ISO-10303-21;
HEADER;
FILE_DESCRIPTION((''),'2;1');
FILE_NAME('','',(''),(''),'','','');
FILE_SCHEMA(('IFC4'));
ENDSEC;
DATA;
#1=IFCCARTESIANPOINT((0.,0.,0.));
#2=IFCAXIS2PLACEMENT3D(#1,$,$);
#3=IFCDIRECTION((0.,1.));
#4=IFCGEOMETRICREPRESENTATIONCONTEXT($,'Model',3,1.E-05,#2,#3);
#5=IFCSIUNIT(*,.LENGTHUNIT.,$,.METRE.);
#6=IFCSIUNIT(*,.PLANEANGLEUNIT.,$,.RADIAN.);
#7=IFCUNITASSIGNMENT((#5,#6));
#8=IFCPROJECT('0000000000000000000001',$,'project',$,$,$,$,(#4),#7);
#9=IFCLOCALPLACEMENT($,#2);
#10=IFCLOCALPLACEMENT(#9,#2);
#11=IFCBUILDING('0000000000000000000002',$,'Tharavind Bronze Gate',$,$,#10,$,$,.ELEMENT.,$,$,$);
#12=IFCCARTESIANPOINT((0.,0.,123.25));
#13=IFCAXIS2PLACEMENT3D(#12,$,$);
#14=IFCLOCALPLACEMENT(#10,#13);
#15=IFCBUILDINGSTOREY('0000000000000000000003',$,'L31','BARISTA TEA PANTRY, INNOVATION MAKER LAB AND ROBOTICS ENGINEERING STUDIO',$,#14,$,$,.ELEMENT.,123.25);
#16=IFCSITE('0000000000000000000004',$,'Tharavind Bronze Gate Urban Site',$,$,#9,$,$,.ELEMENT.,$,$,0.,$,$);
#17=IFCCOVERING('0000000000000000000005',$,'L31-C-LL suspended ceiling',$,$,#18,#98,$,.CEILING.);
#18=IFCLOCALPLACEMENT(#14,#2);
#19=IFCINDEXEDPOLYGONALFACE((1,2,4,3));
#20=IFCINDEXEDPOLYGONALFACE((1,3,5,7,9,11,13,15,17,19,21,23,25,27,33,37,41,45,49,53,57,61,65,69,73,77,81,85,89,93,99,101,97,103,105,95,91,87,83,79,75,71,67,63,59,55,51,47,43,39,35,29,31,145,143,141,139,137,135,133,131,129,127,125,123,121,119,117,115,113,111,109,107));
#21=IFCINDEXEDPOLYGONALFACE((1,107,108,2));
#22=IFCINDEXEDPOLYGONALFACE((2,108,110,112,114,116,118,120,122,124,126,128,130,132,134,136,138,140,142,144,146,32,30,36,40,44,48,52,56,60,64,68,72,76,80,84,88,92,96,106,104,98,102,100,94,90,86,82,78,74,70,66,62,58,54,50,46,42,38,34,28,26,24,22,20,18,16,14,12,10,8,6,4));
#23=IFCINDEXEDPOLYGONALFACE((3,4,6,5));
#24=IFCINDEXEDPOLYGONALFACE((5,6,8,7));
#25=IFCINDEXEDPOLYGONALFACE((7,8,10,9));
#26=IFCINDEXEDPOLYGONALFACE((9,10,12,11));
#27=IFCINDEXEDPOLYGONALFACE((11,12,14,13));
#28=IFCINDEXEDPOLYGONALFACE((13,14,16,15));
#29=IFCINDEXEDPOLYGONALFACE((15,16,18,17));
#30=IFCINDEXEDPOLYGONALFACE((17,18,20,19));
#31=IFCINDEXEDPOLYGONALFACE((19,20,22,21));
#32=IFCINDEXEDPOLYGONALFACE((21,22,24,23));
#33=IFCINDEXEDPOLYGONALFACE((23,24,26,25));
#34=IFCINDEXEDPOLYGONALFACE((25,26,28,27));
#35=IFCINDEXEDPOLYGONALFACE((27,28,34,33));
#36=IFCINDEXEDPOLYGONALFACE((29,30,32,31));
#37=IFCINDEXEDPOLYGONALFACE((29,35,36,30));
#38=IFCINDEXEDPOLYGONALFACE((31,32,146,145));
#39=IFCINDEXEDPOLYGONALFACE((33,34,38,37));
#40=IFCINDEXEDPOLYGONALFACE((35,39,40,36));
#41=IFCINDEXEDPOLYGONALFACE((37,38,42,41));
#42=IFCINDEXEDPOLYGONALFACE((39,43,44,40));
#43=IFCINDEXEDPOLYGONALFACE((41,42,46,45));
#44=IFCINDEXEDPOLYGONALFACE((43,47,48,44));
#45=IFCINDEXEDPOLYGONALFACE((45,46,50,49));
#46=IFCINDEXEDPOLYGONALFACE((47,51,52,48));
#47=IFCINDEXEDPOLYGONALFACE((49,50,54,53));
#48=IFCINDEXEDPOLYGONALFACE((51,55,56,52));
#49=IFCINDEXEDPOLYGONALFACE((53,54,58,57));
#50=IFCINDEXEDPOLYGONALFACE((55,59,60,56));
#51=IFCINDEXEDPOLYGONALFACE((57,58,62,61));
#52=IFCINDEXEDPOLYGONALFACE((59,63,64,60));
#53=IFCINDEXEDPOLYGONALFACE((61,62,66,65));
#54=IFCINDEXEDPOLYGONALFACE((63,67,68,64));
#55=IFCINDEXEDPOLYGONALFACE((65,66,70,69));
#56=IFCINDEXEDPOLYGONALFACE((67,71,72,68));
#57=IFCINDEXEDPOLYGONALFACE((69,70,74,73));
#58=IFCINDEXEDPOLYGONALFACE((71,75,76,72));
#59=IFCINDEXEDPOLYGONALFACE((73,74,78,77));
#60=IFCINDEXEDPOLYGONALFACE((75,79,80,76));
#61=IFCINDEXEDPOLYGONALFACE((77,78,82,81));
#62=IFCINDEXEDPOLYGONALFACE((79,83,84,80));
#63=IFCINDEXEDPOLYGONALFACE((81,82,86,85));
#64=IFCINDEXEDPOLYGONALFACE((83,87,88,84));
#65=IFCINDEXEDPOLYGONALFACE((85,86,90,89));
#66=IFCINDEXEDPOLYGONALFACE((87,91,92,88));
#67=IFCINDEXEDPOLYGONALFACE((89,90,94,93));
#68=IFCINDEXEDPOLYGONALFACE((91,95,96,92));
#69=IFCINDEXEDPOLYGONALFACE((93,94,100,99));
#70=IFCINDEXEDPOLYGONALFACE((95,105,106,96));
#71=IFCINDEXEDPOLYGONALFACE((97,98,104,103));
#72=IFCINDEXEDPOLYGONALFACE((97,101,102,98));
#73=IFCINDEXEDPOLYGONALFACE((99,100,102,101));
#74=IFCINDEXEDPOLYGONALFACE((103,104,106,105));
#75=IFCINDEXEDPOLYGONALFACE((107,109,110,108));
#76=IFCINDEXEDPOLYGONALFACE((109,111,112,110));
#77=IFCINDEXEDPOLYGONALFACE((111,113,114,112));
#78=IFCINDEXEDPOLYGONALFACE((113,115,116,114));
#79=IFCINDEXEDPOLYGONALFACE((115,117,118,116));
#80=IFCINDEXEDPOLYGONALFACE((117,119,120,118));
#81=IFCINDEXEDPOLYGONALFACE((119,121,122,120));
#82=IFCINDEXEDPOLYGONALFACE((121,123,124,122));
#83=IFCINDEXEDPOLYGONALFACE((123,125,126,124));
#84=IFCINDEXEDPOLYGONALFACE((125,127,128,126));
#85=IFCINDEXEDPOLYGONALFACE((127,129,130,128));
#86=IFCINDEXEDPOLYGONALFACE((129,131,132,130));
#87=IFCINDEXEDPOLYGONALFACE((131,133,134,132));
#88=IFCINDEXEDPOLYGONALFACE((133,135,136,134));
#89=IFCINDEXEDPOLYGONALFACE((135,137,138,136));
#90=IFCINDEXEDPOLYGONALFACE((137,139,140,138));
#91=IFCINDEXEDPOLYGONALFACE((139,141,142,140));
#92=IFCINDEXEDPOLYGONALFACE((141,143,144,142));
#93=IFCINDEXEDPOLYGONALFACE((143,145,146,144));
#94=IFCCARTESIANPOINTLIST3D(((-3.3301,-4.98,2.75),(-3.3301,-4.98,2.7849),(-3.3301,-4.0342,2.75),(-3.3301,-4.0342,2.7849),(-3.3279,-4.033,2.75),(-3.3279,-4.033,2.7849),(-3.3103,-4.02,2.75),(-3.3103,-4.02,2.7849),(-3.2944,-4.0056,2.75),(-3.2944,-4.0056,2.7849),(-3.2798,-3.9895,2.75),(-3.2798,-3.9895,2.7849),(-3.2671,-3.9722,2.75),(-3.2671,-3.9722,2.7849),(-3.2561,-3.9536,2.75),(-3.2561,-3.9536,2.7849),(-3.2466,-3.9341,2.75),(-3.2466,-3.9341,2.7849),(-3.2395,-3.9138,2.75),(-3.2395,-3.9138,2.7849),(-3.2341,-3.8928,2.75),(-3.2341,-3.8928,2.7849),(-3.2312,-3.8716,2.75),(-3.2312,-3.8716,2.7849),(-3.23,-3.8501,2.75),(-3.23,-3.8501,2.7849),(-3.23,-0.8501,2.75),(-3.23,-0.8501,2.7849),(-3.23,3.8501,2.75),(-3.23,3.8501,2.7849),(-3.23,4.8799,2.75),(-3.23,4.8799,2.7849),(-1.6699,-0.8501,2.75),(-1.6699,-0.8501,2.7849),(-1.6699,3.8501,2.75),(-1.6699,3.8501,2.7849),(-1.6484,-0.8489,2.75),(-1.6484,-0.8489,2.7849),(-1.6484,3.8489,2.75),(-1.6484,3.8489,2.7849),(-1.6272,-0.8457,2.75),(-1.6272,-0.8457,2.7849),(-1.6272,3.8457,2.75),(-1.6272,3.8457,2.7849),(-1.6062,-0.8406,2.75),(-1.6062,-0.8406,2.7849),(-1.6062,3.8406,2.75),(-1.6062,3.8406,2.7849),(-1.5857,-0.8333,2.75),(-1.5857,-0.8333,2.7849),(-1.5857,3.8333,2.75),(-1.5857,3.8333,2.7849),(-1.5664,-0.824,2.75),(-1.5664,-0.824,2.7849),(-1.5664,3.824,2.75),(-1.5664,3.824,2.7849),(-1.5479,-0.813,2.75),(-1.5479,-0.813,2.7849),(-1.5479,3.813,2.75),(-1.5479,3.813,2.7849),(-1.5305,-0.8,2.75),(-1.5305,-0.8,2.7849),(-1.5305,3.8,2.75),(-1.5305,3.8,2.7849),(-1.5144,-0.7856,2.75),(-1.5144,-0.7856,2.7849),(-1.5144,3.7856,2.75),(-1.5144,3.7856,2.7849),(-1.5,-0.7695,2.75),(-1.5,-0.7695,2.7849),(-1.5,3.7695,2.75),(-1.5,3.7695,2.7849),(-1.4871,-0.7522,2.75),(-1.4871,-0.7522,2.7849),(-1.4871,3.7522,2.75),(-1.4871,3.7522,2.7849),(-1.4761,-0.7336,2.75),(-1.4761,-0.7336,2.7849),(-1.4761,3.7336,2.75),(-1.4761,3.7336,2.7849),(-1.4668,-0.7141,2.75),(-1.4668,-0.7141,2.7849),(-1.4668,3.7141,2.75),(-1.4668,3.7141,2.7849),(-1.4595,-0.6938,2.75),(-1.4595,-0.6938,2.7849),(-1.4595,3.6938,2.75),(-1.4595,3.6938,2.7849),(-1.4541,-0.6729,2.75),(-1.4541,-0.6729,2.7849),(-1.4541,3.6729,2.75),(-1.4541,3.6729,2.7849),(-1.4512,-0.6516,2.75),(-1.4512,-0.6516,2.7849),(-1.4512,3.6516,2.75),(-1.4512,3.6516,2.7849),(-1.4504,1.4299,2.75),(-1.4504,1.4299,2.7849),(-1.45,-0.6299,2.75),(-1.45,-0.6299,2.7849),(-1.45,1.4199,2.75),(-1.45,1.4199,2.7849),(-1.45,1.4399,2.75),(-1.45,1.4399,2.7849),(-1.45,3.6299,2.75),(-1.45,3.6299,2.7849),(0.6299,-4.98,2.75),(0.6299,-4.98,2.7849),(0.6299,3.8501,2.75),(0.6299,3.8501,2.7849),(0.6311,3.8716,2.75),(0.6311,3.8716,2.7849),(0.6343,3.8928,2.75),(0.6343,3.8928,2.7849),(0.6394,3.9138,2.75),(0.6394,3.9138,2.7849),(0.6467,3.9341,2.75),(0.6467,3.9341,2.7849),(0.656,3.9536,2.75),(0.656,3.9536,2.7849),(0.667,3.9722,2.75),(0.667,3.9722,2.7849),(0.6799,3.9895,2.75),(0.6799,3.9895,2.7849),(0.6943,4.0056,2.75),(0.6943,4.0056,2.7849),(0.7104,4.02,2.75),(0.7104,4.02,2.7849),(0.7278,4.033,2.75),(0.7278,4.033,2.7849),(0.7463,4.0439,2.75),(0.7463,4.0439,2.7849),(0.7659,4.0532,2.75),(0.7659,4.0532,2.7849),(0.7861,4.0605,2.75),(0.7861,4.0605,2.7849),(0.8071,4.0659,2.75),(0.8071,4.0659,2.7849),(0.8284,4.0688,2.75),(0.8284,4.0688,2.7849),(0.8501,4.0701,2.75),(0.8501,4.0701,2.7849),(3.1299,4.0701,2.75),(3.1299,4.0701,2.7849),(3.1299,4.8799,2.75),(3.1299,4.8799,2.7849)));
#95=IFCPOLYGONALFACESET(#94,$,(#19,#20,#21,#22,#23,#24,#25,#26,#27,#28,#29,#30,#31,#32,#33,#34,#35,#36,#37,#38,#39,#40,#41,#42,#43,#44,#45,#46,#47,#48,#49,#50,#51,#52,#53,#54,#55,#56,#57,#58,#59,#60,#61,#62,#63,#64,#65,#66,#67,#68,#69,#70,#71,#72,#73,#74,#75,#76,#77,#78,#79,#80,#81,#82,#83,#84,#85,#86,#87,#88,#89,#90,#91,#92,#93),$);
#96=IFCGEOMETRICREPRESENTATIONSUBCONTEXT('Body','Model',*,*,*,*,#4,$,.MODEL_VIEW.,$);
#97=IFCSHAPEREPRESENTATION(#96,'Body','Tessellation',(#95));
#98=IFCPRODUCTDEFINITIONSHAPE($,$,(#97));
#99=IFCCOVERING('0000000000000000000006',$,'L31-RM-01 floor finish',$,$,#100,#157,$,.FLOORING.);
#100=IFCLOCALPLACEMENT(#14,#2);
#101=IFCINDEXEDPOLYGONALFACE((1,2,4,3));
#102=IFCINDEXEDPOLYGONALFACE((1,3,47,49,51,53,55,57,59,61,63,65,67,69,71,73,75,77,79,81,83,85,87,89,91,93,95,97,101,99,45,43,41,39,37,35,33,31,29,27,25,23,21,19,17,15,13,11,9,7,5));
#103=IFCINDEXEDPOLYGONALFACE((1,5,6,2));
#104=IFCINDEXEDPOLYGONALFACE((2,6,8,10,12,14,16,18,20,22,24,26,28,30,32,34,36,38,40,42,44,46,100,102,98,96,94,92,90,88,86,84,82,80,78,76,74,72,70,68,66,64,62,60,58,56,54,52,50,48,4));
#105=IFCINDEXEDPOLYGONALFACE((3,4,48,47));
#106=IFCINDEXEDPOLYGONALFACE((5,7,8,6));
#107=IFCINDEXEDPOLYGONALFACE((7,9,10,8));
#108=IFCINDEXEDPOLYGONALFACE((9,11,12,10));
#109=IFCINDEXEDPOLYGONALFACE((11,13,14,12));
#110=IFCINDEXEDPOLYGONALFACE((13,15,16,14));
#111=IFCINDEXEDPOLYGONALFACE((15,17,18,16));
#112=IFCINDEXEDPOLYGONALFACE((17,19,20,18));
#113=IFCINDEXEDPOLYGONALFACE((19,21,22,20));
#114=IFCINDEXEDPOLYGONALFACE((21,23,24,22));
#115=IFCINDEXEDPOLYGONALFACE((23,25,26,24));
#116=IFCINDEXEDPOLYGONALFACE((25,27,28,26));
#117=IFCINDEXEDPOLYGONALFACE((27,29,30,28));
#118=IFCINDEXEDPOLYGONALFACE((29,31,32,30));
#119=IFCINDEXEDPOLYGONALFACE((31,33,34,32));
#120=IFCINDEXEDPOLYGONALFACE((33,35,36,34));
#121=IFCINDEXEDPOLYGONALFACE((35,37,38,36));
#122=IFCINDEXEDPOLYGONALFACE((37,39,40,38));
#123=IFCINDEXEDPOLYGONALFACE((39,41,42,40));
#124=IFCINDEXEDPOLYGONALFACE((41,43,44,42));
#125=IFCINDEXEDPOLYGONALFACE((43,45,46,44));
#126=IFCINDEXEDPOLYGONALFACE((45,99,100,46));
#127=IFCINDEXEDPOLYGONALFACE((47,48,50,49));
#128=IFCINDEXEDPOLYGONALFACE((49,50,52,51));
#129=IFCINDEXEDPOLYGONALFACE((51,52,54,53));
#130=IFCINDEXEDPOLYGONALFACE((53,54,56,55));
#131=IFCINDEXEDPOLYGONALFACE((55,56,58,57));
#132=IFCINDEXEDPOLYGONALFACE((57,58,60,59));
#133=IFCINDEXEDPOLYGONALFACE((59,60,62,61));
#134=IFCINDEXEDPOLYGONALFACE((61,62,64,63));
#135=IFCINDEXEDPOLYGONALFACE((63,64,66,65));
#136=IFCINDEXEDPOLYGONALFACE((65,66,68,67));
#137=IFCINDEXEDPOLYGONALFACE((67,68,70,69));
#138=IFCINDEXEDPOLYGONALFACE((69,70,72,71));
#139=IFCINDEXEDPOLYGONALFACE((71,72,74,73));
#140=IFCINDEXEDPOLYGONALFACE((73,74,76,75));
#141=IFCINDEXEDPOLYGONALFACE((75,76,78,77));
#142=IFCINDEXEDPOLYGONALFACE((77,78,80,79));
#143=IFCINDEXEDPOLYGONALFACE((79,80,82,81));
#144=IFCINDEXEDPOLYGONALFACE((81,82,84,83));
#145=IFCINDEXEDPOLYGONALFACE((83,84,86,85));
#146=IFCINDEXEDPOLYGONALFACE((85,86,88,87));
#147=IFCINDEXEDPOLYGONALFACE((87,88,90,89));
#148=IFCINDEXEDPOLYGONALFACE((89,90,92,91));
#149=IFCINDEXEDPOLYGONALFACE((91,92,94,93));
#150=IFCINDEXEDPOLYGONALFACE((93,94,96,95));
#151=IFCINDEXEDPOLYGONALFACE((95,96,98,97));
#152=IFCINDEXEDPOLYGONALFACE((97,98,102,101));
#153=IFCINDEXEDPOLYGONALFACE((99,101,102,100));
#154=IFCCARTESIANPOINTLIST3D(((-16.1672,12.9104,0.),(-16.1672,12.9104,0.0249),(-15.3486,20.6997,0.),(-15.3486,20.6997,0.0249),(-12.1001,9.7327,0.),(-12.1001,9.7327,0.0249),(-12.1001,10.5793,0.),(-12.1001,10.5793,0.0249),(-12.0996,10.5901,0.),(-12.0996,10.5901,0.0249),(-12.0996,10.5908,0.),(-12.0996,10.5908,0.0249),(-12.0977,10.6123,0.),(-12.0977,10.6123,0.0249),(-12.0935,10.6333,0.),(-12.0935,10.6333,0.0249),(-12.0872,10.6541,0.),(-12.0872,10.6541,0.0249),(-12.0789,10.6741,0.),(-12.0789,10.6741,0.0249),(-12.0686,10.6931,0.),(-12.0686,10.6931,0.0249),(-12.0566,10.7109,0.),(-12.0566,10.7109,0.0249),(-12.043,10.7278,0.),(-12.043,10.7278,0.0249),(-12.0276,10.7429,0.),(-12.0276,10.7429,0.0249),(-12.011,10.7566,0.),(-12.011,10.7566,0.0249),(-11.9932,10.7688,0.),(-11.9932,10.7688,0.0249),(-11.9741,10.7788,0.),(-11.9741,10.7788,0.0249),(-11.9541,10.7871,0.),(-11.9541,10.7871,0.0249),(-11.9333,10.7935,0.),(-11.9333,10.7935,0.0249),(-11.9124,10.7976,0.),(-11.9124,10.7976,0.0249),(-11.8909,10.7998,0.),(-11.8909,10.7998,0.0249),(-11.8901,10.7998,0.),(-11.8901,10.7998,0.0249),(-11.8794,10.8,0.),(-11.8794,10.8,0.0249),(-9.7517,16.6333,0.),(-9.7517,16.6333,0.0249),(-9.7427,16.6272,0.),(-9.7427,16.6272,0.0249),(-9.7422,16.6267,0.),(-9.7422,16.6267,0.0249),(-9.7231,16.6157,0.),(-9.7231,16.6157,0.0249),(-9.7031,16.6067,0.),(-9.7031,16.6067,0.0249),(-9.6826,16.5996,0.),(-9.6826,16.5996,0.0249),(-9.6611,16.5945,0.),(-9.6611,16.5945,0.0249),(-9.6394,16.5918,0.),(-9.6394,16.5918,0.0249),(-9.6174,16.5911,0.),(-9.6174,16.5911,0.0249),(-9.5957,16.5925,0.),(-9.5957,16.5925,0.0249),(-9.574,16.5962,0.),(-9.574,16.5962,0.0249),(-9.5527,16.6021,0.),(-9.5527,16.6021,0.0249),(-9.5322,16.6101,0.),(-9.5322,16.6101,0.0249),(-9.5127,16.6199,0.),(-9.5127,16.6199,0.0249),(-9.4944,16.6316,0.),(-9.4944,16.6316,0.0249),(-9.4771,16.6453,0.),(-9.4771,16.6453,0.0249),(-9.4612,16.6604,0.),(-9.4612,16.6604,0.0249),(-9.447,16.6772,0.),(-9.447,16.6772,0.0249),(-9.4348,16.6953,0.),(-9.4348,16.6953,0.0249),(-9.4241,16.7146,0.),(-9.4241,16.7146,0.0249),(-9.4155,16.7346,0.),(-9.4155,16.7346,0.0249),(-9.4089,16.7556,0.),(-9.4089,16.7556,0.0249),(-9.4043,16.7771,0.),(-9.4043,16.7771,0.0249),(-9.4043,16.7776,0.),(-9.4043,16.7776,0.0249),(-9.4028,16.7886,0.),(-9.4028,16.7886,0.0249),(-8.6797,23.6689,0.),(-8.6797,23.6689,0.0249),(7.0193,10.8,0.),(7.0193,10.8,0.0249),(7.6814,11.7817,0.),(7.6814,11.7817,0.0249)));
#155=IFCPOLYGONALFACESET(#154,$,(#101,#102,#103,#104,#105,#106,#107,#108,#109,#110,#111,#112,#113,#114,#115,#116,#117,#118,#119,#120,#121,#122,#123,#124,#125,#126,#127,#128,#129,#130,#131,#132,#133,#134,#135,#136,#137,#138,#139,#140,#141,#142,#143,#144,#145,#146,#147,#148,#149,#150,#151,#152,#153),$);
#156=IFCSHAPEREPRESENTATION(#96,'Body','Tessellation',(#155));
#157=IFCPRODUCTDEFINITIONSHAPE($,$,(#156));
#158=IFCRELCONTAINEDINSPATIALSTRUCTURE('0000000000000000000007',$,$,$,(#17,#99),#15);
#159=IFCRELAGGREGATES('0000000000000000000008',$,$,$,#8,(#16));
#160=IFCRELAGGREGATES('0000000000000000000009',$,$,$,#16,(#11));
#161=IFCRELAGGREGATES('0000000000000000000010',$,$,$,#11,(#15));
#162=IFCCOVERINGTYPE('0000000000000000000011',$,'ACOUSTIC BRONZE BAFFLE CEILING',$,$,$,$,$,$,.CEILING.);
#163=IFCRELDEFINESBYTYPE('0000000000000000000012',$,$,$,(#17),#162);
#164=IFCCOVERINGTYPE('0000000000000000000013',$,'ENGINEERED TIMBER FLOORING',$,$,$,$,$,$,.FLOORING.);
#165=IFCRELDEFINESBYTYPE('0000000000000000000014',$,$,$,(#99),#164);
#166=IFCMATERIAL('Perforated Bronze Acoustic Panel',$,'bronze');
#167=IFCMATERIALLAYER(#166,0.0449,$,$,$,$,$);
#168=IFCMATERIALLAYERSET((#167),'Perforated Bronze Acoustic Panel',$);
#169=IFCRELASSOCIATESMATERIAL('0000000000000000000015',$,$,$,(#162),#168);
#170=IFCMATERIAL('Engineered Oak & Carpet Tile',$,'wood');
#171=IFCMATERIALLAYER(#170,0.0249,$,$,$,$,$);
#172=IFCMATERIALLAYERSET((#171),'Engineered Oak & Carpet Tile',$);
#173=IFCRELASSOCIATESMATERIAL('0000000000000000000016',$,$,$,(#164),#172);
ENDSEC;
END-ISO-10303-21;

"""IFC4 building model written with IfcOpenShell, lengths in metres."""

from ifc_helpers import new_model, si_unit, direction, frame, origin, place, context, subcontext, project, spatial, polyline, outline, extrude, material, layer, layer_set, type_object, element, save


model = new_model("IFC4")

# Units and contexts
model_context = context("Model", 3, precision=1e-05, world=origin(), true_north=direction((0.0, 1.0)))
body_context = subcontext(model_context, "Body", "Model", "MODEL_VIEW")
ifc_project = project(units=[si_unit("LENGTHUNIT", "METRE"), si_unit("PLANEANGLEUNIT", "RADIAN")], contexts=[model_context])

# Site, building, storey
site_placement = place(None, origin())
site = spatial("IfcSite", under=ifc_project, at=site_placement, Name="Tharavind Bronze Gate Urban Site", CompositionType="ELEMENT", RefElevation=0.0)
building_placement = place(site_placement, origin())
building = spatial("IfcBuilding", under=site, at=building_placement, Name="Tharavind Bronze Gate", CompositionType="ELEMENT")
storey_placement = place(building_placement, frame((0.0, 0.0, 123.25)))
storey = spatial("IfcBuildingStorey", under=building, at=storey_placement, Name="L31", Description="BARISTA TEA PANTRY, INNOVATION MAKER LAB AND ROBOTICS ENGINEERING STUDIO", CompositionType="ELEMENT", Elevation=123.25)

# Coverings
ifc_material_1 = material(Name="Perforated Bronze Acoustic Panel", Category="bronze")
ifc_layer_1 = layer(ifc_material_1, 0.0449)
ifc_layer_set_1 = layer_set([ifc_layer_1], Name="Perforated Bronze Acoustic Panel")
covering_type_1 = type_object("IfcCoveringType", Name="ACOUSTIC BRONZE BAFFLE CEILING", PredefinedType="CEILING", material=ifc_layer_set_1)
covering_1_placement = place(storey_placement, frame((0.0, 0.0, 2.75)))
element("IfcCovering", 1, at=covering_1_placement, inside=storey, type_object=covering_type_1, Name="L31-C-LL suspended ceiling", PredefinedType="CEILING", context=body_context, shape_type="SweptSolid", body=[
    extrude(outline(polyline([(-3.3301, -4.98), (0.6299, -4.98), (0.6299, 3.8501), (0.6311, 3.8716), (0.6343, 3.8928), (0.6394, 3.9138), (0.6467, 3.9341), (0.656, 3.9536), (0.667, 3.9722), (0.6799, 3.9895), (0.6943, 4.0056), (0.7104, 4.02), (0.7278, 4.033), (0.7463, 4.0439), (0.7659, 4.0532), (0.7861, 4.0605), (0.8071, 4.0659), (0.8284, 4.0688), (0.8501, 4.0701), (3.1299, 4.0701), (3.1299, 4.8799), (-3.23, 4.8799), (-3.23, 3.8501), (-1.6699, 3.8501), (-1.6484, 3.8489), (-1.6272, 3.8457), (-1.6062, 3.8406), (-1.5857, 3.8333), (-1.5664, 3.824), (-1.5479, 3.813), (-1.5305, 3.8), (-1.5144, 3.7856), (-1.5, 3.7695), (-1.4871, 3.7522), (-1.4761, 3.7336), (-1.4668, 3.7141), (-1.4595, 3.6938), (-1.4541, 3.6729), (-1.4512, 3.6516), (-1.45, 3.6299), (-1.45, 1.4399), (-1.4504, 1.4299), (-1.45, 1.4199), (-1.45, -0.6299), (-1.4512, -0.6516), (-1.4541, -0.6729), (-1.4595, -0.6938), (-1.4668, -0.7141), (-1.4761, -0.7336), (-1.4871, -0.7522), (-1.5, -0.7695), (-1.5144, -0.7856), (-1.5305, -0.8), (-1.5479, -0.813), (-1.5664, -0.824), (-1.5857, -0.8333), (-1.6062, -0.8406), (-1.6272, -0.8457), (-1.6484, -0.8489), (-1.6699, -0.8501), (-3.23, -0.8501), (-3.23, -3.8501), (-3.2312, -3.8716), (-3.2341, -3.8928), (-3.2395, -3.9138), (-3.2466, -3.9341), (-3.2561, -3.9536), (-3.2671, -3.9722), (-3.2798, -3.9895), (-3.2944, -4.0056), (-3.3103, -4.02), (-3.3279, -4.033), (-3.3301, -4.0342), (-3.3301, -4.98)])), origin(), (0.0, 0.0, 1.0), 0.0349),
])
ifc_material_2 = material(Name="Engineered Oak & Carpet Tile", Category="wood")
ifc_layer_2 = layer(ifc_material_2, 0.0249)
ifc_layer_set_2 = layer_set([ifc_layer_2], Name="Engineered Oak & Carpet Tile")
covering_type_2 = type_object("IfcCoveringType", Name="ENGINEERED TIMBER FLOORING", PredefinedType="FLOORING", material=ifc_layer_set_2)
covering_2_placement = place(storey_placement, origin())
element("IfcCovering", 2, at=covering_2_placement, inside=storey, type_object=covering_type_2, Name="L31-RM-01 floor finish", PredefinedType="FLOORING", context=body_context, shape_type="SweptSolid", body=[
    extrude(outline(polyline([(-12.1001, 9.7327), (-12.1001, 10.5793), (-12.0996, 10.5901), (-12.0996, 10.5908), (-12.0977, 10.6123), (-12.0935, 10.6333), (-12.0872, 10.6541), (-12.0789, 10.6741), (-12.0686, 10.6931), (-12.0566, 10.7109), (-12.043, 10.7278), (-12.0276, 10.7429), (-12.011, 10.7566), (-11.9932, 10.7688), (-11.9741, 10.7788), (-11.9541, 10.7871), (-11.9333, 10.7935), (-11.9124, 10.7976), (-11.8909, 10.7998), (-11.8901, 10.7998), (-11.8794, 10.8), (7.0193, 10.8), (7.6814, 11.7817), (-8.6797, 23.6689), (-9.4028, 16.7886), (-9.4043, 16.7776), (-9.4043, 16.7771), (-9.4089, 16.7556), (-9.4155, 16.7346), (-9.4241, 16.7146), (-9.4348, 16.6953), (-9.447, 16.6772), (-9.4612, 16.6604), (-9.4771, 16.6453), (-9.4944, 16.6316), (-9.5127, 16.6199), (-9.5322, 16.6101), (-9.5527, 16.6021), (-9.574, 16.5962), (-9.5957, 16.5925), (-9.6174, 16.5911), (-9.6394, 16.5918), (-9.6611, 16.5945), (-9.6826, 16.5996), (-9.7031, 16.6067), (-9.7231, 16.6157), (-9.7422, 16.6267), (-9.7427, 16.6272), (-9.7517, 16.6333), (-15.3486, 20.6997), (-16.1672, 12.9104), (-12.1001, 9.7327)])), origin(), (0.0, 0.0, 1.0), 0.0249),
])

save(model, "model.ifc")
